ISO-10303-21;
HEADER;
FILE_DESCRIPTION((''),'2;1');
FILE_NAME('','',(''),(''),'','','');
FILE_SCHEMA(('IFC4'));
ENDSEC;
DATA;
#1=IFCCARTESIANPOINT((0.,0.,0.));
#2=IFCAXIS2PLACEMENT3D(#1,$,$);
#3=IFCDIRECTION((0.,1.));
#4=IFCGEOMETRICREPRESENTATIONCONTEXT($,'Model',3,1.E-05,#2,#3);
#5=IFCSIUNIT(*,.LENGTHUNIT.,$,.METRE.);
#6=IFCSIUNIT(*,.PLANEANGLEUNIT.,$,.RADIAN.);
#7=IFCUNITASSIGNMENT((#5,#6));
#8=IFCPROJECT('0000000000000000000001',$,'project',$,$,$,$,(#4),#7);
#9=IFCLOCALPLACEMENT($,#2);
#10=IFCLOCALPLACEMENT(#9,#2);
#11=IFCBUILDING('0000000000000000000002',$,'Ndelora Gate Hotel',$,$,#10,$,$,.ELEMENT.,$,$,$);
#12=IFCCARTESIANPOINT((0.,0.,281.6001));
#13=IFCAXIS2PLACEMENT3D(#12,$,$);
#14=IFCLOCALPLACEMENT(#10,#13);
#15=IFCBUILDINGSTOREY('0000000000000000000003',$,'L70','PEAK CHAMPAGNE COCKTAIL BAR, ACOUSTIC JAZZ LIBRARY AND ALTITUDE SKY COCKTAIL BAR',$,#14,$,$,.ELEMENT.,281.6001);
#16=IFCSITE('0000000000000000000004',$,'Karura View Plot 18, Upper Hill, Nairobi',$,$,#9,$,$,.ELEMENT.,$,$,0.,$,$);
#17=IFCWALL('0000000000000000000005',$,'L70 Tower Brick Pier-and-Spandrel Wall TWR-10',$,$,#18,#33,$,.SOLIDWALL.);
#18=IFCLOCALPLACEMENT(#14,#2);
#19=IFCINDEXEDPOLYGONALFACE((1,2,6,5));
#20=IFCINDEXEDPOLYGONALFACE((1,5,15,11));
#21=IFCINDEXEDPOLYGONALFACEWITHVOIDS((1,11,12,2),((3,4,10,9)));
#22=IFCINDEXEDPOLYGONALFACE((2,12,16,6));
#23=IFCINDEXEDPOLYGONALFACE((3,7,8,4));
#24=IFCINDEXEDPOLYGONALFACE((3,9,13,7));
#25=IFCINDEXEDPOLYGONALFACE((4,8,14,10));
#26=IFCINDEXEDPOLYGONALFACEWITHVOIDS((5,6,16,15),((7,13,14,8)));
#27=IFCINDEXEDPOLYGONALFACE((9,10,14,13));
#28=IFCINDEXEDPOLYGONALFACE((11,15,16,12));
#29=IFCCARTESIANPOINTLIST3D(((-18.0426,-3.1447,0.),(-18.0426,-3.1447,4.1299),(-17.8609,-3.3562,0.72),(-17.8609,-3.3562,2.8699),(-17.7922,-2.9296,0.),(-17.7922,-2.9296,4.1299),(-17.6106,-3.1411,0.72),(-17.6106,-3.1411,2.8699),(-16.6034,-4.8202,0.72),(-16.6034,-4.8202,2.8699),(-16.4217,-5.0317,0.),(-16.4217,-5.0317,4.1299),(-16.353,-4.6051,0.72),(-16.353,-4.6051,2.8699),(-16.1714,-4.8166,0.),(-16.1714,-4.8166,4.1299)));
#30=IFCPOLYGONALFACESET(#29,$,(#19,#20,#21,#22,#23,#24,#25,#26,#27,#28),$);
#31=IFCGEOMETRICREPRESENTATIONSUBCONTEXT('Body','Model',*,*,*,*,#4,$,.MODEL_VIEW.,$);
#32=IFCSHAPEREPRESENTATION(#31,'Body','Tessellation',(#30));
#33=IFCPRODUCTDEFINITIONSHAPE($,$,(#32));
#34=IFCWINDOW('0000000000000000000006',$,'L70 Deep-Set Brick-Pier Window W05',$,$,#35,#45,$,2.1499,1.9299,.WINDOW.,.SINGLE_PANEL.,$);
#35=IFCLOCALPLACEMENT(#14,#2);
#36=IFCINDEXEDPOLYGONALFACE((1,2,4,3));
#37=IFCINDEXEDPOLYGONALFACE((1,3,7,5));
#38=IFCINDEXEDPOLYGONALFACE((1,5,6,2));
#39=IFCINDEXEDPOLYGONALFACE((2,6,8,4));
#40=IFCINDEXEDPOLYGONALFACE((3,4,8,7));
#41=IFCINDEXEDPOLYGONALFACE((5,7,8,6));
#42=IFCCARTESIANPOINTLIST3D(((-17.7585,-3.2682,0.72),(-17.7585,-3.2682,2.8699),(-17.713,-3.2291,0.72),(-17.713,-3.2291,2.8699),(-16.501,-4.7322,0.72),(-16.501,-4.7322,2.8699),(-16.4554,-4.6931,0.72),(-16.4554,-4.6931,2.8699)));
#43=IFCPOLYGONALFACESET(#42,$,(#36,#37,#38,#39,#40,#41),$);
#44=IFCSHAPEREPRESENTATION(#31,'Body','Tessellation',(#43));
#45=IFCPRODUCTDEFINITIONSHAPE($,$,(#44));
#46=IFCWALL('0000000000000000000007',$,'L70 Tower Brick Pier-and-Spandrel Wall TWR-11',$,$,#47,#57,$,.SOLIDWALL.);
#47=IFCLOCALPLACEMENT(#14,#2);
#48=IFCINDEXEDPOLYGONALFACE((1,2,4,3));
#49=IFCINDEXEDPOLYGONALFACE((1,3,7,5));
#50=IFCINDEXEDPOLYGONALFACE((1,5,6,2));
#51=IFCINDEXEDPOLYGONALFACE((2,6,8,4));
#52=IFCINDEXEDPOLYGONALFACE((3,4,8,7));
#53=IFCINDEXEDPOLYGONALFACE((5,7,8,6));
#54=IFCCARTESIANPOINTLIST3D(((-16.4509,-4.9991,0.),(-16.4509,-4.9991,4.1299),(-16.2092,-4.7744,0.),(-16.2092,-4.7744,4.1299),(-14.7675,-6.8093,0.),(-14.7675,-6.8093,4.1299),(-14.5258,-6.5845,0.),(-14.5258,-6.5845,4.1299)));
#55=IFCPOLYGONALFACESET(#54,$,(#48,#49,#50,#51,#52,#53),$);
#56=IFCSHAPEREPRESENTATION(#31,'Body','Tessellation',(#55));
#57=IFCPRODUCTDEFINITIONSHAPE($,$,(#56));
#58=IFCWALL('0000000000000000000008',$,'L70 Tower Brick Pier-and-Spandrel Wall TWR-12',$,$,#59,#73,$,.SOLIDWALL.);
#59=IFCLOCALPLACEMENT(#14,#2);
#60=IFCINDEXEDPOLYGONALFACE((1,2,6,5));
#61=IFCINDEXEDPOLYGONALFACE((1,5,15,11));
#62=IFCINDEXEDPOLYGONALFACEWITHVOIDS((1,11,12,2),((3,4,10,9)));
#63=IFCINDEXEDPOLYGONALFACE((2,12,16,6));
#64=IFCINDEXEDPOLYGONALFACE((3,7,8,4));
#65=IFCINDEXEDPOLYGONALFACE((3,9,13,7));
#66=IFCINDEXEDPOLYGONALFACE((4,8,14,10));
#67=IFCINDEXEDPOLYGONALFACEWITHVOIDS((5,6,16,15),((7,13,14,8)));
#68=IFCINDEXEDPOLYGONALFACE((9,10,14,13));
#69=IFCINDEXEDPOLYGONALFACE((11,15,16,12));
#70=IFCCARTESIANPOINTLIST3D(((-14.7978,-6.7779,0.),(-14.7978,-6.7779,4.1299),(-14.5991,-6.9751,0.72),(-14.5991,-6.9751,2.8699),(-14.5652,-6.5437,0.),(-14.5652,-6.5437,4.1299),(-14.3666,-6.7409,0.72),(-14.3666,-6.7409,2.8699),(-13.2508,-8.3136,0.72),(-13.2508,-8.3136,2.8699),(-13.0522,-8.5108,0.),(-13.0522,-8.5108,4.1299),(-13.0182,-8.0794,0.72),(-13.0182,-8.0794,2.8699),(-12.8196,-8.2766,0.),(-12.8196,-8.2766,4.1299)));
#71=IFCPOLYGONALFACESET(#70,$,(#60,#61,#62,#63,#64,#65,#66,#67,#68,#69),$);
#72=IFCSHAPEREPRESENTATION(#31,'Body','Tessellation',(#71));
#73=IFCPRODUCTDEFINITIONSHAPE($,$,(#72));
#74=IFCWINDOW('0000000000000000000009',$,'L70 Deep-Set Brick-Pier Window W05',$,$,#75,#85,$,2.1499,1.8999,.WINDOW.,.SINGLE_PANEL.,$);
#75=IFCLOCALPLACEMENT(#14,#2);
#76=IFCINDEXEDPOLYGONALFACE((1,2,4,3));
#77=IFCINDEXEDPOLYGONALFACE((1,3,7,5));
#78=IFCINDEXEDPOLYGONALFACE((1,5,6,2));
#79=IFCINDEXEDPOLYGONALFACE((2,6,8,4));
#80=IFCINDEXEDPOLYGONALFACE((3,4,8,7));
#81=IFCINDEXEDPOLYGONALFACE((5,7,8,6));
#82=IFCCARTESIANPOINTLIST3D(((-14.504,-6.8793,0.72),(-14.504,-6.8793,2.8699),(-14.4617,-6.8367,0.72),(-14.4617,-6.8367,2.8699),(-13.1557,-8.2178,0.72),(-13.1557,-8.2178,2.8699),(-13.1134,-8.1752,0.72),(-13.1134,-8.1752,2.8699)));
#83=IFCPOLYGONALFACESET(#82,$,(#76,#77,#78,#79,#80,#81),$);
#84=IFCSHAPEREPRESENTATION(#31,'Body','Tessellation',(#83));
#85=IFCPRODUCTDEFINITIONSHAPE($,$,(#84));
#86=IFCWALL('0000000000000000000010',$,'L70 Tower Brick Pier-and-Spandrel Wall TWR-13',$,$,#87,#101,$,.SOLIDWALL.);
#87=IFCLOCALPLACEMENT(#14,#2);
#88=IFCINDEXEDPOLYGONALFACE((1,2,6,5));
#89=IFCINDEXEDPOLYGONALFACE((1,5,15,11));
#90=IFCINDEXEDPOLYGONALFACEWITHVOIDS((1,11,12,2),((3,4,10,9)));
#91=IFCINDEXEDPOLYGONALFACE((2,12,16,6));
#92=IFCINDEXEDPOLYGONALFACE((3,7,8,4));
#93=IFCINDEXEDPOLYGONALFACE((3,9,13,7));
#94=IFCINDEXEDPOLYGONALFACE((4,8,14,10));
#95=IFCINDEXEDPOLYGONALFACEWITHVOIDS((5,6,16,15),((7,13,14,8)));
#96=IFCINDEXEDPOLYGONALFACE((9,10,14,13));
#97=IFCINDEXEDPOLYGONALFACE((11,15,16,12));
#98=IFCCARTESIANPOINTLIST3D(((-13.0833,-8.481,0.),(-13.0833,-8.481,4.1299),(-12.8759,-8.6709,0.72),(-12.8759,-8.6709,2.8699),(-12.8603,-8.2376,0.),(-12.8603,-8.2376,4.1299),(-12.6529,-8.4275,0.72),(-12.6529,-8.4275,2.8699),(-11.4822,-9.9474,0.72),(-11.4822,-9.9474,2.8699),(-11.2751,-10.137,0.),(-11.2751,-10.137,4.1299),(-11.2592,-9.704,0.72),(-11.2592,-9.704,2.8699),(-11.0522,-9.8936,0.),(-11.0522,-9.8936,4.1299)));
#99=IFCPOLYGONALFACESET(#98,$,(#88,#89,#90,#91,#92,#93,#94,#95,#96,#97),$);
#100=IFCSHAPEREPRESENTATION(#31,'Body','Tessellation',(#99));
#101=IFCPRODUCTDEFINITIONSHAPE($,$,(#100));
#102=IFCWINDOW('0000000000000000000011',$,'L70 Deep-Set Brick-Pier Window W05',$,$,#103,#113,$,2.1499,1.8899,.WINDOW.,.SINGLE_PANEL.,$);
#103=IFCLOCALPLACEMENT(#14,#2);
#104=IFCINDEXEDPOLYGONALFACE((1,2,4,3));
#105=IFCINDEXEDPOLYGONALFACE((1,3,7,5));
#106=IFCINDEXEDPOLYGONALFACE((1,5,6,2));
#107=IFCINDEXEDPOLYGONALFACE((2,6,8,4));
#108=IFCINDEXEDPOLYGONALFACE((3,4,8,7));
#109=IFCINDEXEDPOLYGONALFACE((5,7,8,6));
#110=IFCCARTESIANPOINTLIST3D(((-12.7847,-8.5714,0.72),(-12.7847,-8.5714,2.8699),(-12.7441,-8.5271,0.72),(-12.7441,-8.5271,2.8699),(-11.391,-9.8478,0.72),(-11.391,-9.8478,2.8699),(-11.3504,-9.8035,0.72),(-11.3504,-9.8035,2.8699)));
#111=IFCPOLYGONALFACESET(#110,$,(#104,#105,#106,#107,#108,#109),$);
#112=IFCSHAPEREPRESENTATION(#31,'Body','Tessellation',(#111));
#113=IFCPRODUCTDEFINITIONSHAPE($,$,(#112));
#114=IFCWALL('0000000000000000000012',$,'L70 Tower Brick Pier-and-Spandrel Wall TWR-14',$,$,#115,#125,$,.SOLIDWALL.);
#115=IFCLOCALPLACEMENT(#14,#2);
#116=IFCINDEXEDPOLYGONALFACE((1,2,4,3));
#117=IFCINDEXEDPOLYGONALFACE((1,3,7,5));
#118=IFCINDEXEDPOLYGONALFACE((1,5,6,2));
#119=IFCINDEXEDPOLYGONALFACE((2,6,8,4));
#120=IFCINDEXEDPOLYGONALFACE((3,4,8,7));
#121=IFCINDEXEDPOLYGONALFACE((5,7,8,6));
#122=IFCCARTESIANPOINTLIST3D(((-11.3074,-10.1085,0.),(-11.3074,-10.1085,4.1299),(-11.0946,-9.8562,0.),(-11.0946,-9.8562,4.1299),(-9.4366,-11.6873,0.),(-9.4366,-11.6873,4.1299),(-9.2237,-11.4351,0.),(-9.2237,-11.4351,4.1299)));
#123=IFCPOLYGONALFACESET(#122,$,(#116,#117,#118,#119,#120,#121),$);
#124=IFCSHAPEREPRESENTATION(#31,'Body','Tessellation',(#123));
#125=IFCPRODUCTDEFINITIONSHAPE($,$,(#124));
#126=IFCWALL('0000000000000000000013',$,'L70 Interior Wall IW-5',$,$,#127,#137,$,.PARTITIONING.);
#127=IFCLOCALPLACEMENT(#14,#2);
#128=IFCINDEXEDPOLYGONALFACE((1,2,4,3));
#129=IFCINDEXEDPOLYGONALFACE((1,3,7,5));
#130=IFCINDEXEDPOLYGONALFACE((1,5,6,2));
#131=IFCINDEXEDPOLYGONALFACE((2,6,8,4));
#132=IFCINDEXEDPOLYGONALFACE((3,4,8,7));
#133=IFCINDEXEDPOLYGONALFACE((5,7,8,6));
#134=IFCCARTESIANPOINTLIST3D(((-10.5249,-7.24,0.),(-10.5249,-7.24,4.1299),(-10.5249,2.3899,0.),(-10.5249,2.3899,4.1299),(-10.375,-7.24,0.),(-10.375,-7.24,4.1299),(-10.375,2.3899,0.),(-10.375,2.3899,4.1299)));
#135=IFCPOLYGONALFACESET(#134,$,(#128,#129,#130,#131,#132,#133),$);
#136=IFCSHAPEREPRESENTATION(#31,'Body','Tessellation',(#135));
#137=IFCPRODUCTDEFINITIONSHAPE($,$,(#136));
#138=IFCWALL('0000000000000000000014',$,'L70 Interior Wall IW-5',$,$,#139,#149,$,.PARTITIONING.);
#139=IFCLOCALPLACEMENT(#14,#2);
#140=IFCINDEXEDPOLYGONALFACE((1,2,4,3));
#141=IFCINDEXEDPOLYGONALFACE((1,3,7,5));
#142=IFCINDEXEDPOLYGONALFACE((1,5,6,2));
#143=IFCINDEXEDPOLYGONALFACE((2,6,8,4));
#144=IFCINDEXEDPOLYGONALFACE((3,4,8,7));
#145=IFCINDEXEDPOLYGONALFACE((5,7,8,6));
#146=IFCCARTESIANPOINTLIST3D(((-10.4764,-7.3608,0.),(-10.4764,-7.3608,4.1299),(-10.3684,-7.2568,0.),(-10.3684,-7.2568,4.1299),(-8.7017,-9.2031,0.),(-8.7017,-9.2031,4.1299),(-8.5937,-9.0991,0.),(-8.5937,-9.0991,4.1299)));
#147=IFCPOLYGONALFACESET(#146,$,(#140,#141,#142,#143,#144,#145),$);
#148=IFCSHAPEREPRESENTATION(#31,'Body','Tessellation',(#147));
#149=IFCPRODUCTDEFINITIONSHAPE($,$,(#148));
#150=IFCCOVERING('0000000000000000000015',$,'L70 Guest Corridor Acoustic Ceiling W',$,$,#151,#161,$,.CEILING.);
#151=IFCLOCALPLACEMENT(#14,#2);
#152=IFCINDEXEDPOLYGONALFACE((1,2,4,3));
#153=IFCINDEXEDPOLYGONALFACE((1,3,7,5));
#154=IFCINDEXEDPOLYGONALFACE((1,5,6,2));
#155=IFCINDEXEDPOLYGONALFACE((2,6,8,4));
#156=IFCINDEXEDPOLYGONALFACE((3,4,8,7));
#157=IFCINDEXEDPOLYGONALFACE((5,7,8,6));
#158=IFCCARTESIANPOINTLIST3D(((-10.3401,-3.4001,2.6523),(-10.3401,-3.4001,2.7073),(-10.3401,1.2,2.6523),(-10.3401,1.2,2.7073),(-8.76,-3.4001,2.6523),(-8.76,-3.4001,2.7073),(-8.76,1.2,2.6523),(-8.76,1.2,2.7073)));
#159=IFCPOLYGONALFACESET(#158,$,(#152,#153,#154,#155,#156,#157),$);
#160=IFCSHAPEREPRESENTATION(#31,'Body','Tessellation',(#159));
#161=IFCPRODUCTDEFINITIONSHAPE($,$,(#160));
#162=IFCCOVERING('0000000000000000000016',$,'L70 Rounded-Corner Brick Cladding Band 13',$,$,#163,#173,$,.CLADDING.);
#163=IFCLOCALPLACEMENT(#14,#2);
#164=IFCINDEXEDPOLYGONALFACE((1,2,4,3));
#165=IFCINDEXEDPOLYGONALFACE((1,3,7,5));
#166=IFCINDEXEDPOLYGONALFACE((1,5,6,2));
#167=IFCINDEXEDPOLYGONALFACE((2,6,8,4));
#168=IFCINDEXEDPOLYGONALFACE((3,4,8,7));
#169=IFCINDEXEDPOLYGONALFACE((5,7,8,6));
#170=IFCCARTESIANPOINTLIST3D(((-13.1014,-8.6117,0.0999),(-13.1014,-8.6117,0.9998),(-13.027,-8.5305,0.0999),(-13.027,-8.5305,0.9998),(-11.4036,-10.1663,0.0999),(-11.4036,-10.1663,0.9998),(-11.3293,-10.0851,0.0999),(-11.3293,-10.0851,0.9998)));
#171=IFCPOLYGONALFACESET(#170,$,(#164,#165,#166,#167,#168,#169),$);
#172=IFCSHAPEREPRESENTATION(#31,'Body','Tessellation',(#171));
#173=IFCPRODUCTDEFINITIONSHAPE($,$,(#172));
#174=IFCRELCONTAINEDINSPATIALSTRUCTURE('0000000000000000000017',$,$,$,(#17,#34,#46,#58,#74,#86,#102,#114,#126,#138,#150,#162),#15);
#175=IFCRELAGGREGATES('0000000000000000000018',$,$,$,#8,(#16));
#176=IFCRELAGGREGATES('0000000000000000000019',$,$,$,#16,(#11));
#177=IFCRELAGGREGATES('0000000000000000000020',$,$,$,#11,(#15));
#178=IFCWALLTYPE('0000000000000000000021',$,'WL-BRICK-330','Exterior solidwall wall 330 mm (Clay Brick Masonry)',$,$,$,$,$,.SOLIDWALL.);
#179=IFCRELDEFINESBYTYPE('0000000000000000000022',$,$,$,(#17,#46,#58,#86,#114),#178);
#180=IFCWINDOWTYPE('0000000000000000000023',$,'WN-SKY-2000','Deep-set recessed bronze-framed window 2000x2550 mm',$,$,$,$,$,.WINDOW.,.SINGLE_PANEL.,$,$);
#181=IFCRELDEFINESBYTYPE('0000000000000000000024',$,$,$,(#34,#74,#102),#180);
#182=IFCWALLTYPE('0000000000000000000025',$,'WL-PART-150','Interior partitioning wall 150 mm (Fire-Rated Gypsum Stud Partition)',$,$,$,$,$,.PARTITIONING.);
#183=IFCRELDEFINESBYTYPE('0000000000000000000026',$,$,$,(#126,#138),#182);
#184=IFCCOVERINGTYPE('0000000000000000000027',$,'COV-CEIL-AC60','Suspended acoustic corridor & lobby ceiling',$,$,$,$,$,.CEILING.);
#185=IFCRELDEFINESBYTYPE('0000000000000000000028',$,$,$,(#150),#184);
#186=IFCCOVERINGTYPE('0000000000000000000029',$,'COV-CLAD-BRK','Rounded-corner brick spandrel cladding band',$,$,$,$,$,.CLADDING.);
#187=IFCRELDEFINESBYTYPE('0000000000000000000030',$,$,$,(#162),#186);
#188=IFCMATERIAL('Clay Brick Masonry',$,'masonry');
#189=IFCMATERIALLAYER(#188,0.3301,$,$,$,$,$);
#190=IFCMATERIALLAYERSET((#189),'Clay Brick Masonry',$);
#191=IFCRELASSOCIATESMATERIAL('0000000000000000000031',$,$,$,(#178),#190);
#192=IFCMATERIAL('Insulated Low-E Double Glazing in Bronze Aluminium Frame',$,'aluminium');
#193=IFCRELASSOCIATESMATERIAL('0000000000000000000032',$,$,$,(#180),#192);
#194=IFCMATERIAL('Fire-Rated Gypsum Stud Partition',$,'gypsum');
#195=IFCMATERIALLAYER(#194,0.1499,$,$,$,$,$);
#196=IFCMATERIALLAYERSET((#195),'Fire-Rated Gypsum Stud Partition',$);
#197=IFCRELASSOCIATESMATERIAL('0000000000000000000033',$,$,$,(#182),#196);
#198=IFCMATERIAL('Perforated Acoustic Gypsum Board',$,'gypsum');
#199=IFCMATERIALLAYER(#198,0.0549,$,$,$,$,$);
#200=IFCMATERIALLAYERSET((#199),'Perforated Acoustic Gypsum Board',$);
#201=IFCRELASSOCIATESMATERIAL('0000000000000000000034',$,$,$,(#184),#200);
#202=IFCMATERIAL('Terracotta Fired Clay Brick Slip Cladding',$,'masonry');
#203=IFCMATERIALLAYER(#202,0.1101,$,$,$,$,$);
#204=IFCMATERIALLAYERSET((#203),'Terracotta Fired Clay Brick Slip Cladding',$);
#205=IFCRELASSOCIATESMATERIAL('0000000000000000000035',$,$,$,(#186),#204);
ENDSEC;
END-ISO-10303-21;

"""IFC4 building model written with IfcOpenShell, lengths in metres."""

from ifc_helpers import new_model, si_unit, direction, frame, frame_2d, origin, origin_2d, place, context, subcontext, project, spatial, rectangle, extrude, material, layer, layer_set, type_object, element, fill, save


model = new_model("IFC4")

# Units and contexts
model_context = context("Model", 3, precision=1e-05, world=origin(), true_north=direction((0.0, 1.0)))
body_context = subcontext(model_context, "Body", "Model", "MODEL_VIEW")
ifc_project = project(units=[si_unit("LENGTHUNIT", "METRE"), si_unit("PLANEANGLEUNIT", "RADIAN")], contexts=[model_context])

# Site, building, storey
site_placement = place(None, origin())
site = spatial("IfcSite", under=ifc_project, at=site_placement, Name="Karura View Plot 18, Upper Hill, Nairobi", CompositionType="ELEMENT", RefElevation=0.0)
building_placement = place(site_placement, origin())
building = spatial("IfcBuilding", under=site, at=building_placement, Name="Ndelora Gate Hotel", CompositionType="ELEMENT")
storey_placement = place(building_placement, frame((0.0, 0.0, 281.6001)))
storey = spatial("IfcBuildingStorey", under=building, at=storey_placement, Name="L70", Description="PEAK CHAMPAGNE COCKTAIL BAR, ACOUSTIC JAZZ LIBRARY AND ALTITUDE SKY COCKTAIL BAR", CompositionType="ELEMENT", Elevation=281.6001)

# Wall, opening, window
ifc_material_1 = material(Name="Clay Brick Masonry", Category="masonry")
ifc_layer_1 = layer(ifc_material_1, 0.3301)
ifc_layer_set_1 = layer_set([ifc_layer_1], Name="Clay Brick Masonry")
wall_type_1 = type_object("IfcWallType", Name="WL-BRICK-330", Description="Exterior solidwall wall 330 mm (Clay Brick Masonry)", PredefinedType="SOLIDWALL", material=ifc_layer_set_1)
wall_1_placement = place(storey_placement, frame((-16.2966, -4.9241, 0.0), z_axis=(0.0, 0.0, 1.0), x_axis=(-0.651591, 0.75857, 0.0)))
wall_1 = element("IfcWall", 1, at=wall_1_placement, inside=storey, type_object=wall_type_1, Name="L70 Tower Brick Pier-and-Spandrel Wall TWR-10", PredefinedType="SOLIDWALL", context=body_context, shape_type="SweptSolid", body=[
    extrude(rectangle(XDim=2.4875, YDim=0.3301, at=frame_2d((1.2437, 0.0))), origin(), (0.0, 0.0, 1.0), 4.1299),
])
opening_1_placement = place(wall_1_placement, frame((0.2788, 0.0, 0.72)))
opening_1 = element("IfcOpeningElement", 2, at=opening_1_placement, cuts=wall_1, PredefinedType="OPENING", context=body_context, shape_type="SweptSolid", body=[
    extrude(rectangle(XDim=1.9299, YDim=2.1499, at=frame_2d((0.9648, 1.075))), frame((0.0, 0.175, 0.0), z_axis=(0.0, -1.0, 0.0), x_axis=(1.0, 0.0, 0.0)), (0.0, 0.0, 1.0), 0.3501),
])
ifc_material_2 = material(Name="Insulated Low-E Double Glazing in Bronze Aluminium Frame", Category="aluminium")
window_type = type_object("IfcWindowType", Name="WN-SKY-2000", Description="Deep-set recessed bronze-framed window 2000x2550 mm", PartitioningType="SINGLE_PANEL", PredefinedType="WINDOW", material=ifc_material_2)
window_1_placement = place(opening_1_placement, origin())
window_1 = element("IfcWindow", 3, at=window_1_placement, inside=storey, type_object=window_type, Name="L70 Deep-Set Brick-Pier Window W05", OverallHeight=2.1499, OverallWidth=1.9299, PartitioningType="SINGLE_PANEL", PredefinedType="WINDOW", context=body_context, shape_type="SweptSolid", body=[
    extrude(rectangle(XDim=1.9299, YDim=2.1499, at=frame_2d((0.9648, 1.075))), frame((0.0, 0.03, 0.0), z_axis=(0.0, -1.0, 0.0), x_axis=(1.0, 0.0, 0.0)), (0.0, 0.0, 1.0), 0.0601),
])
fill(opening_1, window_1)

# Wall
wall_2_placement = place(storey_placement, frame((-14.6467, -6.6968, 0.0), z_axis=(0.0, 0.0, 1.0), x_axis=(-0.681012, 0.732273, 0.0)))
element("IfcWall", 4, at=wall_2_placement, inside=storey, type_object=wall_type_1, Name="L70 Tower Brick Pier-and-Spandrel Wall TWR-11", PredefinedType="SOLIDWALL", context=body_context, shape_type="SweptSolid", body=[
    extrude(rectangle(XDim=2.4719, YDim=0.3301, at=frame_2d((1.2358, 0.0))), origin(), (0.0, 0.0, 1.0), 4.1299),
])

# Walls, openings, windows
wall_3_placement = place(storey_placement, frame((-12.9358, -8.3938, 0.0), z_axis=(0.0, 0.0, 1.0), x_axis=(-0.709683, 0.704521, 0.0)))
wall_3 = element("IfcWall", 5, at=wall_3_placement, inside=storey, type_object=wall_type_1, Name="L70 Tower Brick Pier-and-Spandrel Wall TWR-12", PredefinedType="SOLIDWALL", context=body_context, shape_type="SweptSolid", body=[
    extrude(rectangle(XDim=2.4597, YDim=0.3301, at=frame_2d((1.23, 0.0))), origin(), (0.0, 0.0, 1.0), 4.1299),
])
opening_2_placement = place(wall_3_placement, frame((0.28, 0.0, 0.72)))
opening_2 = element("IfcOpeningElement", 6, at=opening_2_placement, cuts=wall_3, PredefinedType="OPENING", context=body_context, shape_type="SweptSolid", body=[
    extrude(rectangle(XDim=1.8999, YDim=2.1499, at=frame_2d((0.95, 1.075))), frame((0.0, 0.175, 0.0), z_axis=(0.0, -1.0, 0.0), x_axis=(1.0, 0.0, 0.0)), (0.0, 0.0, 1.0), 0.3501),
])
window_2_placement = place(opening_2_placement, origin())
window_2 = element("IfcWindow", 7, at=window_2_placement, inside=storey, type_object=window_type, Name="L70 Deep-Set Brick-Pier Window W05", OverallHeight=2.1499, OverallWidth=1.8999, PartitioningType="SINGLE_PANEL", PredefinedType="WINDOW", context=body_context, shape_type="SweptSolid", body=[
    extrude(rectangle(XDim=1.8999, YDim=2.1499, at=frame_2d((0.95, 1.075))), frame((0.0, 0.03, 0.0), z_axis=(0.0, -1.0, 0.0), x_axis=(1.0, 0.0, 0.0)), (0.0, 0.0, 1.0), 0.0601),
])
fill(opening_2, window_2)
wall_4_placement = place(storey_placement, frame((-11.1636, -10.0154, 0.0), z_axis=(0.0, 0.0, 1.0), x_axis=(-0.737443, 0.675409, 0.0)))
wall_4 = element("IfcWall", 8, at=wall_4_placement, inside=storey, type_object=wall_type_1, Name="L70 Tower Brick Pier-and-Spandrel Wall TWR-13", PredefinedType="SOLIDWALL", context=body_context, shape_type="SweptSolid", body=[
    extrude(rectangle(XDim=2.4519, YDim=0.3301, at=frame_2d((1.2261, 0.0))), origin(), (0.0, 0.0, 1.0), 4.1299),
])
opening_3_placement = place(wall_4_placement, frame((0.281, 0.0, 0.72)))
opening_3 = element("IfcOpeningElement", 9, at=opening_3_placement, cuts=wall_4, PredefinedType="OPENING", context=body_context, shape_type="SweptSolid", body=[
    extrude(rectangle(XDim=1.8899, YDim=2.1499, at=frame_2d((0.9448, 1.075))), frame((0.0, 0.175, 0.0), z_axis=(0.0, -1.0, 0.0), x_axis=(1.0, 0.0, 0.0)), (0.0, 0.0, 1.0), 0.3501),
])
window_3_placement = place(opening_3_placement, origin())
window_3 = element("IfcWindow", 10, at=window_3_placement, inside=storey, type_object=window_type, Name="L70 Deep-Set Brick-Pier Window W05", OverallHeight=2.1499, OverallWidth=1.8899, PartitioningType="SINGLE_PANEL", PredefinedType="WINDOW", context=body_context, shape_type="SweptSolid", body=[
    extrude(rectangle(XDim=1.8899, YDim=2.1499, at=frame_2d((0.9448, 1.075))), frame((0.0, 0.03, 0.0), z_axis=(0.0, -1.0, 0.0), x_axis=(1.0, 0.0, 0.0)), (0.0, 0.0, 1.0), 0.0601),
])
fill(opening_3, window_3)

# Walls
wall_5_placement = place(storey_placement, frame((-9.3301, -11.5613, 0.0), z_axis=(0.0, 0.0, 1.0), x_axis=(-0.764225, 0.644949, 0.0)))
element("IfcWall", 11, at=wall_5_placement, inside=storey, type_object=wall_type_1, Name="L70 Tower Brick Pier-and-Spandrel Wall TWR-14", PredefinedType="SOLIDWALL", context=body_context, shape_type="SweptSolid", body=[
    extrude(rectangle(XDim=2.448, YDim=0.3301, at=frame_2d((1.2241, 0.0))), origin(), (0.0, 0.0, 1.0), 4.1299),
])
ifc_material_3 = material(Name="Fire-Rated Gypsum Stud Partition", Category="gypsum")
ifc_layer_2 = layer(ifc_material_3, 0.1499)
ifc_layer_set_2 = layer_set([ifc_layer_2], Name="Fire-Rated Gypsum Stud Partition")
wall_type_2 = type_object("IfcWallType", Name="WL-PART-150", Description="Interior partitioning wall 150 mm (Fire-Rated Gypsum Stud Partition)", PredefinedType="PARTITIONING", material=ifc_layer_set_2)
wall_6_placement = place(storey_placement, frame((-10.45, -7.24, 0.0), z_axis=(0.0, 0.0, 1.0), x_axis=(0.0, 1.0, 0.0)))
element("IfcWall", 12, at=wall_6_placement, inside=storey, type_object=wall_type_2, Name="L70 Interior Wall IW-5", PredefinedType="PARTITIONING", context=body_context, shape_type="SweptSolid", body=[
    extrude(rectangle(XDim=9.6299, YDim=0.1499, at=frame_2d((4.8149, 0.0))), origin(), (0.0, 0.0, 1.0), 4.1299),
])
wall_7_placement = place(storey_placement, frame((-8.6477, -9.1511, 0.0), z_axis=(0.0, 0.0, 1.0), x_axis=(-0.693765, 0.720202, 0.0)))
element("IfcWall", 13, at=wall_7_placement, inside=storey, type_object=wall_type_2, Name="L70 Interior Wall IW-5", PredefinedType="PARTITIONING", context=body_context, shape_type="SweptSolid", body=[
    extrude(rectangle(XDim=2.5581, YDim=0.1499, at=frame_2d((1.2791, 0.0))), origin(), (0.0, 0.0, 1.0), 4.1299),
])

# Coverings
ifc_material_4 = material(Name="Perforated Acoustic Gypsum Board", Category="gypsum")
ifc_layer_3 = layer(ifc_material_4, 0.0549)
ifc_layer_set_3 = layer_set([ifc_layer_3], Name="Perforated Acoustic Gypsum Board")
covering_type_1 = type_object("IfcCoveringType", Name="COV-CEIL-AC60", Description="Suspended acoustic corridor & lobby ceiling", PredefinedType="CEILING", material=ifc_layer_set_3)
covering_1_placement = place(storey_placement, frame((-9.55, -1.1001, 2.6523), z_axis=(0.0, 0.0, 1.0), x_axis=(1.0, 0.0, 0.0)))
element("IfcCovering", 14, at=covering_1_placement, inside=storey, type_object=covering_type_1, Name="L70 Guest Corridor Acoustic Ceiling W", PredefinedType="CEILING", context=body_context, shape_type="SweptSolid", body=[
    extrude(rectangle(XDim=1.5801, YDim=4.6001, at=origin_2d()), origin(), (0.0, 0.0, 1.0), 0.0549),
])
ifc_material_5 = material(Name="Terracotta Fired Clay Brick Slip Cladding", Category="masonry")
ifc_layer_4 = layer(ifc_material_5, 0.1101)
ifc_layer_set_4 = layer_set([ifc_layer_4], Name="Terracotta Fired Clay Brick Slip Cladding")
covering_type_2 = type_object("IfcCoveringType", Name="COV-CLAD-BRK", Description="Rounded-corner brick spandrel cladding band", PredefinedType="CLADDING", material=ifc_layer_set_4)
covering_2_placement = place(storey_placement, frame((-12.2153, -9.3484, 0.0999), z_axis=(0.0, 0.0, 1.0), x_axis=(-0.737513, 0.675333, 0.0)))
element("IfcCovering", 15, at=covering_2_placement, inside=storey, type_object=covering_type_2, Name="L70 Rounded-Corner Brick Cladding Band 13", PredefinedType="CLADDING", context=body_context, shape_type="SweptSolid", body=[
    extrude(rectangle(XDim=2.302, YDim=0.1101, at=origin_2d()), origin(), (0.0, 0.0, 1.0), 0.8999),
])

save(model, "model.ifc")
